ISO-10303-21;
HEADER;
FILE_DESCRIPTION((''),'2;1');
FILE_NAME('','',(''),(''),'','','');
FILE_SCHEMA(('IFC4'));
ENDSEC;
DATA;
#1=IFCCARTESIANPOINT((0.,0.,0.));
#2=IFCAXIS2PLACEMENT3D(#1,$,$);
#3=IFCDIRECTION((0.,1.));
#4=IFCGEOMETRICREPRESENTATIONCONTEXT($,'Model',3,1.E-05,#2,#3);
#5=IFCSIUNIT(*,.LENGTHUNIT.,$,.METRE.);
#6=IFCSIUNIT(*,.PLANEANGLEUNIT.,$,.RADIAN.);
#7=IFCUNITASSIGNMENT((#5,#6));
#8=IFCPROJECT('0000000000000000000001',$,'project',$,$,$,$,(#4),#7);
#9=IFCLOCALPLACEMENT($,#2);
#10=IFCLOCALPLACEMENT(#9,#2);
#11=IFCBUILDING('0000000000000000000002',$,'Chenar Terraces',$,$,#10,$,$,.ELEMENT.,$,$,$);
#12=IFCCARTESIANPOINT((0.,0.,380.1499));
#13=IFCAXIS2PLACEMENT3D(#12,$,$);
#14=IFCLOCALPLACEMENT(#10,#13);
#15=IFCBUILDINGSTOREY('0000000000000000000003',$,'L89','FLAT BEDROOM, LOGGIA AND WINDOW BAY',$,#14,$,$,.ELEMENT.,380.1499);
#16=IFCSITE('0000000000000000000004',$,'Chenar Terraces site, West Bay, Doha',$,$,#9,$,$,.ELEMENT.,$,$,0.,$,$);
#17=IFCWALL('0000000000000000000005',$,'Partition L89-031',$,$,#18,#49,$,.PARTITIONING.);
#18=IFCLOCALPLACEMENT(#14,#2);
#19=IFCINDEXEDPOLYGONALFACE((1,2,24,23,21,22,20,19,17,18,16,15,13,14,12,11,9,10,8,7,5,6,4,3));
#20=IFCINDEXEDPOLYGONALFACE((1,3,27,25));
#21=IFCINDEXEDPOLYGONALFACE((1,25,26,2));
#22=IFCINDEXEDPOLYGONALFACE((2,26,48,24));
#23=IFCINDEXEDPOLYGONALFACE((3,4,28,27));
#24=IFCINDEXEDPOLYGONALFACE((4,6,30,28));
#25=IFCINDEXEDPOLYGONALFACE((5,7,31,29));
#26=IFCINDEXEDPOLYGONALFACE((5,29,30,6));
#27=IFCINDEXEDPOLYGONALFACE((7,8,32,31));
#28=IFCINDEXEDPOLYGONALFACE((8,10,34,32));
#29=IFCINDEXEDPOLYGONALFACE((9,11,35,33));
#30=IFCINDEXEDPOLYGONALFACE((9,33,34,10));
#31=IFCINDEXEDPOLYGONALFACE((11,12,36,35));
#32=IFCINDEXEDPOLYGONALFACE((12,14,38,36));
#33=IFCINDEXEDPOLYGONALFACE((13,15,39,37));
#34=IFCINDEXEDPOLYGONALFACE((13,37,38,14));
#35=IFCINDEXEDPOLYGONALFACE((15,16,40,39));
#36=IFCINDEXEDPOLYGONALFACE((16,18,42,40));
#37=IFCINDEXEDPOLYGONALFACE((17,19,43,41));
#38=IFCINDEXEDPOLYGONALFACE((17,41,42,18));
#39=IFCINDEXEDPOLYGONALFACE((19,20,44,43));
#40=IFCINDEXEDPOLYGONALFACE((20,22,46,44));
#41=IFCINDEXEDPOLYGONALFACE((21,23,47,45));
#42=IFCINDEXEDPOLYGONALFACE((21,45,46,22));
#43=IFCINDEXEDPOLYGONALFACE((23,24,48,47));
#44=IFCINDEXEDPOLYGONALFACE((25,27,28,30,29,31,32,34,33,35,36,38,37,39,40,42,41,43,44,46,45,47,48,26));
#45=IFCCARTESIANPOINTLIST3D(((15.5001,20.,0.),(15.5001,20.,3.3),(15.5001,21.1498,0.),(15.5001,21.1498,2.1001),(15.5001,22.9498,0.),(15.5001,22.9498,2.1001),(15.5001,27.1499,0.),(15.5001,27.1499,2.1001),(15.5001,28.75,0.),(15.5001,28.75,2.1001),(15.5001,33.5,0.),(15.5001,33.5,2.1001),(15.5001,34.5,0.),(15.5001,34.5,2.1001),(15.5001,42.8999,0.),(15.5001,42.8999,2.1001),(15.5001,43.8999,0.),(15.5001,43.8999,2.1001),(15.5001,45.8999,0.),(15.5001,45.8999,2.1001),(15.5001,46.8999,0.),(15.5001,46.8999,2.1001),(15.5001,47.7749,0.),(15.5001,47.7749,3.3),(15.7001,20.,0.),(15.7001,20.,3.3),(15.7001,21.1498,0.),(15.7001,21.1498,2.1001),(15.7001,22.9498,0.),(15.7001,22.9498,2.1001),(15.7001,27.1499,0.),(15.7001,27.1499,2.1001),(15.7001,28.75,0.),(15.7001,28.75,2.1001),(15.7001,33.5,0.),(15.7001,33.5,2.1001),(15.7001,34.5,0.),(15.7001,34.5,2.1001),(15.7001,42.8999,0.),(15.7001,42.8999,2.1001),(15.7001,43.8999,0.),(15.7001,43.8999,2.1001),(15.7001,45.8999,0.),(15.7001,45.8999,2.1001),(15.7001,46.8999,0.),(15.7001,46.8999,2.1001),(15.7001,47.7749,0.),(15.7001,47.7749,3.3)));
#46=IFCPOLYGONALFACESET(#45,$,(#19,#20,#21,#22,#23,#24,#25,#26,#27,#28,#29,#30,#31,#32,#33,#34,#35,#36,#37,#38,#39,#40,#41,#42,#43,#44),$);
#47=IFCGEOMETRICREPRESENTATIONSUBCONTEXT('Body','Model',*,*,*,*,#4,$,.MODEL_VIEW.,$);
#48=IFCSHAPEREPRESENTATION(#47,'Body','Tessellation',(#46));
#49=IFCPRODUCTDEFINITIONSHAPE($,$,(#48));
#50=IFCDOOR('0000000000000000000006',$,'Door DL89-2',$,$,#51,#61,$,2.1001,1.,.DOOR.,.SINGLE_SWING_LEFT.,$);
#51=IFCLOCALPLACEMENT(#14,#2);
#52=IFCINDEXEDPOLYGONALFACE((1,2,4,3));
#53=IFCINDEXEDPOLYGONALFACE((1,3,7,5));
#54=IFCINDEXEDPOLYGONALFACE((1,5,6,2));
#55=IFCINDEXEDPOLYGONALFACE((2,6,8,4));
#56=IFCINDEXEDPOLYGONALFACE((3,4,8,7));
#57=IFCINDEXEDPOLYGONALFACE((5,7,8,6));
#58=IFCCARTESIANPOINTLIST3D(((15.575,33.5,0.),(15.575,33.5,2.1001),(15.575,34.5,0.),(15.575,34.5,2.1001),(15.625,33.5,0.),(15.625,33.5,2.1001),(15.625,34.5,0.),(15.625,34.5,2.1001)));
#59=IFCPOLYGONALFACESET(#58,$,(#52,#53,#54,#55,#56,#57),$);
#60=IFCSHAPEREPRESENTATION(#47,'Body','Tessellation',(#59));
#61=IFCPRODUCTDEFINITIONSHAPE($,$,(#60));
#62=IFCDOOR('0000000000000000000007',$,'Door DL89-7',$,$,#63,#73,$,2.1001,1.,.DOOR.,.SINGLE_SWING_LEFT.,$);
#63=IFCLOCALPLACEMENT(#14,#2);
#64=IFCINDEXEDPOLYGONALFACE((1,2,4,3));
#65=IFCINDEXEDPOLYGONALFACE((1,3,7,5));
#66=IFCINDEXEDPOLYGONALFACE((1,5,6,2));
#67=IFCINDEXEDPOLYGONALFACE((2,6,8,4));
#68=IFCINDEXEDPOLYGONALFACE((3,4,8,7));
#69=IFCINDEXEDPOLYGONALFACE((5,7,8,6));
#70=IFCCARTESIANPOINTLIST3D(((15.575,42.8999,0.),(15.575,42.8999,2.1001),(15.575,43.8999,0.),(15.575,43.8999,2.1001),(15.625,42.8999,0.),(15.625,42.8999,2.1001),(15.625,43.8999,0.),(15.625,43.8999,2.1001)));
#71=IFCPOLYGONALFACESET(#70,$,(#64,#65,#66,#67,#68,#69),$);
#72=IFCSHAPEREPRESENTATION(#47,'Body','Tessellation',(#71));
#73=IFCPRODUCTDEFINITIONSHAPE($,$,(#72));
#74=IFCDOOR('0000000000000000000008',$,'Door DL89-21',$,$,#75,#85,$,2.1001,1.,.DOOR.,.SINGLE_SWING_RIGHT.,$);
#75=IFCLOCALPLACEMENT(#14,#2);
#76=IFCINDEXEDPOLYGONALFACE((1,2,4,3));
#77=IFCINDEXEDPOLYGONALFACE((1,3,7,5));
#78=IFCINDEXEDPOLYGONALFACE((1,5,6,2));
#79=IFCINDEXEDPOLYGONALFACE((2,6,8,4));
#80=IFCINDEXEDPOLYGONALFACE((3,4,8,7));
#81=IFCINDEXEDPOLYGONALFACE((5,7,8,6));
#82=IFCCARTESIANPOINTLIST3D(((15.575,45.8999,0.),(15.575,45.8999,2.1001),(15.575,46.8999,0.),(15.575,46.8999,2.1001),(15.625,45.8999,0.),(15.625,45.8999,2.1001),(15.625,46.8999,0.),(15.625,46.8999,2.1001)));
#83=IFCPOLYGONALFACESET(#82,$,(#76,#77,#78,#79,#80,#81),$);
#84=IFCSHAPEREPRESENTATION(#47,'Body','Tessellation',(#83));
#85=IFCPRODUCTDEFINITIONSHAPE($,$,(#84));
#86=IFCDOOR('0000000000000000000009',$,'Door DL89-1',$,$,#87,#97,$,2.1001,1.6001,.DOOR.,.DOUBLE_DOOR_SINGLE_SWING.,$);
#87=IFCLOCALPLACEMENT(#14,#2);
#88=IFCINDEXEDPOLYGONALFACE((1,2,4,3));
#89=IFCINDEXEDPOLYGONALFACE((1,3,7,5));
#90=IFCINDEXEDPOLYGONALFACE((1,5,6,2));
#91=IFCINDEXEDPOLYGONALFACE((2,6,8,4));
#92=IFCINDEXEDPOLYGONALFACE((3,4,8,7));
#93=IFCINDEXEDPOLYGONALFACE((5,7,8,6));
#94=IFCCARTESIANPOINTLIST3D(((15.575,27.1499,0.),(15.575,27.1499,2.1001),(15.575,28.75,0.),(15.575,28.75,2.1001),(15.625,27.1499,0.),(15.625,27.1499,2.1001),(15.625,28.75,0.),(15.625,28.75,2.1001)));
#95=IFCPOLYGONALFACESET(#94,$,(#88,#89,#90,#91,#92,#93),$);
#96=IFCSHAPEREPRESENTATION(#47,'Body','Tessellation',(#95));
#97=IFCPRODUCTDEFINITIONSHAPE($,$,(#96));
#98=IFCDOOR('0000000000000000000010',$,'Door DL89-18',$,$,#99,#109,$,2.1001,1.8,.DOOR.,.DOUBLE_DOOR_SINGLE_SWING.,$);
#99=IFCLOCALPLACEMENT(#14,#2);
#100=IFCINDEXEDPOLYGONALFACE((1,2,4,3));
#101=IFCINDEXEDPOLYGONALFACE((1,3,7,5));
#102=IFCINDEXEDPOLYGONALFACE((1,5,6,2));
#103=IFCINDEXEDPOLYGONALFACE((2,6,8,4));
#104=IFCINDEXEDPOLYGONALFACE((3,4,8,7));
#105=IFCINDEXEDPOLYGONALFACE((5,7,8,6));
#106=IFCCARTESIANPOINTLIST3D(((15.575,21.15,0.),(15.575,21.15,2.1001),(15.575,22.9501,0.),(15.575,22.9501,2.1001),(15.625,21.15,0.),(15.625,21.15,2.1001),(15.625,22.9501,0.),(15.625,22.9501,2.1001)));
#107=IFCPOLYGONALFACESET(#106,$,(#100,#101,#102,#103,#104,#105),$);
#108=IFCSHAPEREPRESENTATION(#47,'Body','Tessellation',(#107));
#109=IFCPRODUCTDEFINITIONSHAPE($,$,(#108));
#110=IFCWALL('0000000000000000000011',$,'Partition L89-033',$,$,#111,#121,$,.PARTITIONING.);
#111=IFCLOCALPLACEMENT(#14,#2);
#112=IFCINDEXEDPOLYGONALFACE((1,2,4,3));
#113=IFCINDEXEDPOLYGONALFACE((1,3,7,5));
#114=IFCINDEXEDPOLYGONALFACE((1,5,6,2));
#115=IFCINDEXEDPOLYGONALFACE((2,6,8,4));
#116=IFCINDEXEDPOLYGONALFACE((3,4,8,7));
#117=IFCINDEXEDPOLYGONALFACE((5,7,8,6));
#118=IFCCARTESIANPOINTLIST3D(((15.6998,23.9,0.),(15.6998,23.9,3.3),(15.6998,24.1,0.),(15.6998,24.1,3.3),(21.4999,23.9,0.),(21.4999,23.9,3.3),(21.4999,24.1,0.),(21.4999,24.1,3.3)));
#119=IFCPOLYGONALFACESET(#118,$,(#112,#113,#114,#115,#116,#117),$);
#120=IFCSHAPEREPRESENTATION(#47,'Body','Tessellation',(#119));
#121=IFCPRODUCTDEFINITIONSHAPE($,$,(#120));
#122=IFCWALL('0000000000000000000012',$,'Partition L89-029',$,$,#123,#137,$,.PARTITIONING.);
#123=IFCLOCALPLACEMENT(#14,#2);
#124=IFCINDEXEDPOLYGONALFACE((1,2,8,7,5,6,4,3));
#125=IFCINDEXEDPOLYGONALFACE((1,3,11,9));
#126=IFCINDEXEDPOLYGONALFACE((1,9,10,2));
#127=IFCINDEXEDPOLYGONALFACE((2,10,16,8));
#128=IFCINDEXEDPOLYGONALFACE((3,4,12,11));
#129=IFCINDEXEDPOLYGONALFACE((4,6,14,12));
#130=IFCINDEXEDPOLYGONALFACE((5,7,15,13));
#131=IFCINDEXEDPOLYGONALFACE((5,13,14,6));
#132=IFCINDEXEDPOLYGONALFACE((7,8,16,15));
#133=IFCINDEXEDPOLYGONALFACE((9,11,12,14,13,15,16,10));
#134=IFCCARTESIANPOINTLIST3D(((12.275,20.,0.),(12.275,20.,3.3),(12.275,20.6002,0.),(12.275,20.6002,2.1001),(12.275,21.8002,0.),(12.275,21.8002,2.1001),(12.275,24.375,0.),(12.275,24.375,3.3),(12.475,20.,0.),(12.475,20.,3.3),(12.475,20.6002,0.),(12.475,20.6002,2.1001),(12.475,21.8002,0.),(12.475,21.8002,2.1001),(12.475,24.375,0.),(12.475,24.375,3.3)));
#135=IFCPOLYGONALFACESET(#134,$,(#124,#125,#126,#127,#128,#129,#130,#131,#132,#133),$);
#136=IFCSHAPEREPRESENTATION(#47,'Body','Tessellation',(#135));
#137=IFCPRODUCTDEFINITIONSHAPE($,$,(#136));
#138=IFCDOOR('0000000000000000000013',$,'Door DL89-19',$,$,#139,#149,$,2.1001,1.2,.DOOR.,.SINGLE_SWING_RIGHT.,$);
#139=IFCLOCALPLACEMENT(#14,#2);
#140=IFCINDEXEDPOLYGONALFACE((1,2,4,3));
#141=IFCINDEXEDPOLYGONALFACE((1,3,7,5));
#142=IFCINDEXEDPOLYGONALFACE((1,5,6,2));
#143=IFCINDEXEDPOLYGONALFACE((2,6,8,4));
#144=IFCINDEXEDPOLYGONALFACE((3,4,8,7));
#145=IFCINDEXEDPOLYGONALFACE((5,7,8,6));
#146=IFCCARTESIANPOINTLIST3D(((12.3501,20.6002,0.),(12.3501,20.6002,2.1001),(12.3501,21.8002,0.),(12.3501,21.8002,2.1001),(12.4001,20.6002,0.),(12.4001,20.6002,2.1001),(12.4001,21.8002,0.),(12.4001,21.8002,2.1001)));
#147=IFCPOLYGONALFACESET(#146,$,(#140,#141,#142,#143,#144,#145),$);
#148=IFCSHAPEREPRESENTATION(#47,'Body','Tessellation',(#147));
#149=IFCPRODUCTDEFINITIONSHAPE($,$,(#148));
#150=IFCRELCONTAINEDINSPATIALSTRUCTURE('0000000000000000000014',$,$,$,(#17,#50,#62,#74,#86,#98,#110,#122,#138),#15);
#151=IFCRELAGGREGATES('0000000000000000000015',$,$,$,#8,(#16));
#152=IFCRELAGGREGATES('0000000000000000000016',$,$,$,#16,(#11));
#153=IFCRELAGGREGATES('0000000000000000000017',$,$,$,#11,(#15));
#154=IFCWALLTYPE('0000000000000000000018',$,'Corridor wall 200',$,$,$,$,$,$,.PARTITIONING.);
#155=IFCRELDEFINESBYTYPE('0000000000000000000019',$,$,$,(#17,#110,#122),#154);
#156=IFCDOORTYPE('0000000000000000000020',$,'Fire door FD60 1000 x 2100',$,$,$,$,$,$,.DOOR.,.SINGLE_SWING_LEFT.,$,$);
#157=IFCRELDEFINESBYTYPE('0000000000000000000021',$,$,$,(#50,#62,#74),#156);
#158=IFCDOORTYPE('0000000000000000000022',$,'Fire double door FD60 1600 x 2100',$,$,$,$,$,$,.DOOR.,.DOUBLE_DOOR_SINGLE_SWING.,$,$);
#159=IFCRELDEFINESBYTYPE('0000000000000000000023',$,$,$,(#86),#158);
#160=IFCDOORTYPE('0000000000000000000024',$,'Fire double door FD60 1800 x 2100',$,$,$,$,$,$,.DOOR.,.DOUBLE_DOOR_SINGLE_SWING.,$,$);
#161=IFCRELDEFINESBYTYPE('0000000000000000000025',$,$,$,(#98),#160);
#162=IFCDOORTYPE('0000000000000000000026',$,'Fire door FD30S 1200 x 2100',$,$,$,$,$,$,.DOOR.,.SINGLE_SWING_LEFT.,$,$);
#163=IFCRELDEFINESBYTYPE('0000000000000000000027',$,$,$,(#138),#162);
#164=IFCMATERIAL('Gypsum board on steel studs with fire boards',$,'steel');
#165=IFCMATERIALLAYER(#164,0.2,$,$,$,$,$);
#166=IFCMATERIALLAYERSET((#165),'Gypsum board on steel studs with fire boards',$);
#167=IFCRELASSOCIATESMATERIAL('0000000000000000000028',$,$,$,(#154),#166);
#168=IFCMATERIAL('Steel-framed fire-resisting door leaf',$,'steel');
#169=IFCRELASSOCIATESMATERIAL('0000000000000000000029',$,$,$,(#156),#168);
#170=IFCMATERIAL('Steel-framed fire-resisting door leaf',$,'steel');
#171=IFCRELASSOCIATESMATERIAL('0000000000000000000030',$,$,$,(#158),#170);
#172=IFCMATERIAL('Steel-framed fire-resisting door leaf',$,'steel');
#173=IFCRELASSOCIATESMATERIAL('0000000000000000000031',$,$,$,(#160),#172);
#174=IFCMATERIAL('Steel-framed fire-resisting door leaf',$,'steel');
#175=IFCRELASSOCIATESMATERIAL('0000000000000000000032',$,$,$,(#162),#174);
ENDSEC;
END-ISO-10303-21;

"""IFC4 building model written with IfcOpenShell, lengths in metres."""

from ifc_helpers import new_model, si_unit, direction, frame, frame_2d, origin, place, context, subcontext, project, spatial, rectangle, extrude, material, layer, layer_set, type_object, element, fill, save


model = new_model("IFC4")

# Units and contexts
model_context = context("Model", 3, precision=1e-05, world=origin(), true_north=direction((0.0, 1.0)))
body_context = subcontext(model_context, "Body", "Model", "MODEL_VIEW")
ifc_project = project(units=[si_unit("LENGTHUNIT", "METRE"), si_unit("PLANEANGLEUNIT", "RADIAN")], contexts=[model_context])

# Site, building, storey
site_placement = place(None, origin())
site = spatial("IfcSite", under=ifc_project, at=site_placement, Name="Chenar Terraces site, West Bay, Doha", CompositionType="ELEMENT", RefElevation=0.0)
building_placement = place(site_placement, origin())
building = spatial("IfcBuilding", under=site, at=building_placement, Name="Chenar Terraces", CompositionType="ELEMENT")
storey_placement = place(building_placement, frame((0.0, 0.0, 380.1499)))
storey = spatial("IfcBuildingStorey", under=building, at=storey_placement, Name="L89", Description="FLAT BEDROOM, LOGGIA AND WINDOW BAY", CompositionType="ELEMENT", Elevation=380.1499)

# Wall, openings, doors
ifc_material_1 = material(Name="Gypsum board on steel studs with fire boards", Category="steel")
ifc_layer_1 = layer(ifc_material_1, 0.2)
ifc_layer_set_1 = layer_set([ifc_layer_1], Name="Gypsum board on steel studs with fire boards")
wall_type_1 = type_object("IfcWallType", Name="Corridor wall 200", PredefinedType="PARTITIONING", material=ifc_layer_set_1)
wall_1_placement = place(storey_placement, frame((15.6001, 20.0, 0.0), z_axis=(0.0, 0.0, 1.0), x_axis=(0.0, 1.0, 0.0)))
wall_1 = element("IfcWall", 1, at=wall_1_placement, inside=storey, type_object=wall_type_1, Name="Partition L89-031", PredefinedType="PARTITIONING", context=body_context, shape_type="SweptSolid", body=[
    extrude(rectangle(XDim=27.7749, YDim=0.2, at=frame_2d((13.8875, 0.0))), origin(), (0.0, 0.0, 1.0), 3.3),
])
opening_1_placement = place(wall_1_placement, frame((7.1499, 0.0, 0.0)))
opening_1 = element("IfcOpeningElement", 2, at=opening_1_placement, cuts=wall_1, PredefinedType="OPENING", context=body_context, shape_type="SweptSolid", body=[
    extrude(rectangle(XDim=1.6001, YDim=2.1001, at=frame_2d((0.8, 1.05))), frame((0.0, 0.1099, 0.0), z_axis=(0.0, -1.0, 0.0), x_axis=(1.0, 0.0, 0.0)), (0.0, 0.0, 1.0), 0.22),
])
opening_2_placement = place(wall_1_placement, frame((13.5, 0.0, 0.0)))
opening_2 = element("IfcOpeningElement", 3, at=opening_2_placement, cuts=wall_1, PredefinedType="OPENING", context=body_context, shape_type="SweptSolid", body=[
    extrude(rectangle(XDim=1.0, YDim=2.1001, at=frame_2d((0.5, 1.05))), frame((0.0, 0.1099, 0.0), z_axis=(0.0, -1.0, 0.0), x_axis=(1.0, 0.0, 0.0)), (0.0, 0.0, 1.0), 0.22),
])
opening_3_placement = place(wall_1_placement, frame((22.8999, 0.0, 0.0)))
opening_3 = element("IfcOpeningElement", 4, at=opening_3_placement, cuts=wall_1, PredefinedType="OPENING", context=body_context, shape_type="SweptSolid", body=[
    extrude(rectangle(XDim=1.0, YDim=2.1001, at=frame_2d((0.5, 1.05))), frame((0.0, 0.1099, 0.0), z_axis=(0.0, -1.0, 0.0), x_axis=(1.0, 0.0, 0.0)), (0.0, 0.0, 1.0), 0.22),
])
opening_4_placement = place(wall_1_placement, frame((1.1499, 0.0, 0.0)))
opening_4 = element("IfcOpeningElement", 5, at=opening_4_placement, cuts=wall_1, PredefinedType="OPENING", context=body_context, shape_type="SweptSolid", body=[
    extrude(rectangle(XDim=1.8, YDim=2.1001, at=frame_2d((0.8999, 1.05))), frame((0.0, 0.1099, 0.0), z_axis=(0.0, -1.0, 0.0), x_axis=(1.0, 0.0, 0.0)), (0.0, 0.0, 1.0), 0.22),
])
opening_5_placement = place(wall_1_placement, frame((25.8999, 0.0, 0.0)))
opening_5 = element("IfcOpeningElement", 6, at=opening_5_placement, cuts=wall_1, PredefinedType="OPENING", context=body_context, shape_type="SweptSolid", body=[
    extrude(rectangle(XDim=1.0, YDim=2.1001, at=frame_2d((0.5, 1.05))), frame((0.0, 0.1099, 0.0), z_axis=(0.0, -1.0, 0.0), x_axis=(1.0, 0.0, 0.0)), (0.0, 0.0, 1.0), 0.22),
])
ifc_material_2 = material(Name="Steel-framed fire-resisting door leaf", Category="steel")
door_type_1 = type_object("IfcDoorType", Name="Fire door FD60 1000 x 2100", OperationType="SINGLE_SWING_LEFT", PredefinedType="DOOR", material=ifc_material_2)
door_1_placement = place(opening_2_placement, frame((1.0, 0.0, 0.0), z_axis=(0.0, 0.0, 1.0), x_axis=(-1.0, 0.0, 0.0)))
door_1 = element("IfcDoor", 7, at=door_1_placement, inside=storey, type_object=door_type_1, Name="Door DL89-2", OperationType="SINGLE_SWING_LEFT", OverallHeight=2.1001, OverallWidth=1.0, PredefinedType="DOOR", context=body_context, shape_type="SweptSolid", body=[
    extrude(rectangle(XDim=1.0, YDim=2.1001, at=frame_2d((0.5, 1.05))), frame((0.0, 0.0249, 0.0), z_axis=(0.0, -1.0, 0.0), x_axis=(1.0, 0.0, 0.0)), (0.0, 0.0, 1.0), 0.05),
])
fill(opening_2, door_1)
door_2_placement = place(opening_3_placement, frame((1.0, 0.0, 0.0), z_axis=(0.0, 0.0, 1.0), x_axis=(-1.0, 0.0, 0.0)))
door_2 = element("IfcDoor", 8, at=door_2_placement, inside=storey, type_object=door_type_1, Name="Door DL89-7", OperationType="SINGLE_SWING_LEFT", OverallHeight=2.1001, OverallWidth=1.0, PredefinedType="DOOR", context=body_context, shape_type="SweptSolid", body=[
    extrude(rectangle(XDim=1.0, YDim=2.1001, at=frame_2d((0.5, 1.05))), frame((0.0, 0.0249, 0.0), z_axis=(0.0, -1.0, 0.0), x_axis=(1.0, 0.0, 0.0)), (0.0, 0.0, 1.0), 0.05),
])
fill(opening_3, door_2)
door_3_placement = place(opening_5_placement, frame((1.0, 0.0, 0.0), z_axis=(0.0, 0.0, 1.0), x_axis=(-1.0, 0.0, 0.0)))
door_3 = element("IfcDoor", 9, at=door_3_placement, inside=storey, type_object=door_type_1, Name="Door DL89-21", OperationType="SINGLE_SWING_RIGHT", OverallHeight=2.1001, OverallWidth=1.0, PredefinedType="DOOR", context=body_context, shape_type="SweptSolid", body=[
    extrude(rectangle(XDim=1.0, YDim=2.1001, at=frame_2d((0.5, 1.05))), frame((0.0, 0.0249, 0.0), z_axis=(0.0, -1.0, 0.0), x_axis=(1.0, 0.0, 0.0)), (0.0, 0.0, 1.0), 0.05),
])
fill(opening_5, door_3)
ifc_material_3 = material(Name="Steel-framed fire-resisting door leaf", Category="steel")
door_type_2 = type_object("IfcDoorType", Name="Fire double door FD60 1600 x 2100", OperationType="DOUBLE_DOOR_SINGLE_SWING", PredefinedType="DOOR", material=ifc_material_3)
door_4_placement = place(opening_1_placement, frame((1.6001, 0.0, 0.0), z_axis=(0.0, 0.0, 1.0), x_axis=(-1.0, 0.0, 0.0)))
door_4 = element("IfcDoor", 10, at=door_4_placement, inside=storey, type_object=door_type_2, Name="Door DL89-1", OperationType="DOUBLE_DOOR_SINGLE_SWING", OverallHeight=2.1001, OverallWidth=1.6001, PredefinedType="DOOR", context=body_context, shape_type="SweptSolid", body=[
    extrude(rectangle(XDim=1.6001, YDim=2.1001, at=frame_2d((0.8, 1.05))), frame((0.0, 0.0249, 0.0), z_axis=(0.0, -1.0, 0.0), x_axis=(1.0, 0.0, 0.0)), (0.0, 0.0, 1.0), 0.05),
])
fill(opening_1, door_4)
ifc_material_4 = material(Name="Steel-framed fire-resisting door leaf", Category="steel")
door_type_3 = type_object("IfcDoorType", Name="Fire double door FD60 1800 x 2100", OperationType="DOUBLE_DOOR_SINGLE_SWING", PredefinedType="DOOR", material=ifc_material_4)
door_5_placement = place(opening_4_placement, frame((1.8, 0.0, 0.0), z_axis=(0.0, 0.0, 1.0), x_axis=(-1.0, 0.0, 0.0)))
door_5 = element("IfcDoor", 11, at=door_5_placement, inside=storey, type_object=door_type_3, Name="Door DL89-18", OperationType="DOUBLE_DOOR_SINGLE_SWING", OverallHeight=2.1001, OverallWidth=1.8, PredefinedType="DOOR", context=body_context, shape_type="SweptSolid", body=[
    extrude(rectangle(XDim=1.8, YDim=2.1001, at=frame_2d((0.8999, 1.05))), frame((0.0, 0.0249, 0.0), z_axis=(0.0, -1.0, 0.0), x_axis=(1.0, 0.0, 0.0)), (0.0, 0.0, 1.0), 0.05),
])
fill(opening_4, door_5)

# Wall
wall_2_placement = place(storey_placement, frame((15.7, 24.0, 0.0), z_axis=(0.0, 0.0, 1.0), x_axis=(1.0, 0.0, 0.0)))
element("IfcWall", 12, at=wall_2_placement, inside=storey, type_object=wall_type_1, Name="Partition L89-033", PredefinedType="PARTITIONING", context=body_context, shape_type="SweptSolid", body=[
    extrude(rectangle(XDim=5.8, YDim=0.2, at=frame_2d((2.8999, 0.0))), origin(), (0.0, 0.0, 1.0), 3.3),
])

# Wall, opening, door
wall_3_placement = place(storey_placement, frame((12.375, 20.0, 0.0), z_axis=(0.0, 0.0, 1.0), x_axis=(0.0, 1.0, 0.0)))
wall_3 = element("IfcWall", 13, at=wall_3_placement, inside=storey, type_object=wall_type_1, Name="Partition L89-029", PredefinedType="PARTITIONING", context=body_context, shape_type="SweptSolid", body=[
    extrude(rectangle(XDim=4.375, YDim=0.2, at=frame_2d((2.1875, 0.0))), origin(), (0.0, 0.0, 1.0), 3.3),
])
opening_6_placement = place(wall_3_placement, frame((0.6001, 0.0, 0.0)))
opening_6 = element("IfcOpeningElement", 14, at=opening_6_placement, cuts=wall_3, PredefinedType="OPENING", context=body_context, shape_type="SweptSolid", body=[
    extrude(rectangle(XDim=1.2, YDim=2.1001, at=frame_2d((0.6001, 1.05))), frame((0.0, 0.1099, 0.0), z_axis=(0.0, -1.0, 0.0), x_axis=(1.0, 0.0, 0.0)), (0.0, 0.0, 1.0), 0.22),
])
ifc_material_5 = material(Name="Steel-framed fire-resisting door leaf", Category="steel")
door_type_4 = type_object("IfcDoorType", Name="Fire door FD30S 1200 x 2100", OperationType="SINGLE_SWING_LEFT", PredefinedType="DOOR", material=ifc_material_5)
door_6_placement = place(opening_6_placement, origin())
door_6 = element("IfcDoor", 15, at=door_6_placement, inside=storey, type_object=door_type_4, Name="Door DL89-19", OperationType="SINGLE_SWING_RIGHT", OverallHeight=2.1001, OverallWidth=1.2, PredefinedType="DOOR", context=body_context, shape_type="SweptSolid", body=[
    extrude(rectangle(XDim=1.2, YDim=2.1001, at=frame_2d((0.6001, 1.05))), frame((0.0, 0.0249, 0.0), z_axis=(0.0, -1.0, 0.0), x_axis=(1.0, 0.0, 0.0)), (0.0, 0.0, 1.0), 0.05),
])
fill(opening_6, door_6)

save(model, "model.ifc")
